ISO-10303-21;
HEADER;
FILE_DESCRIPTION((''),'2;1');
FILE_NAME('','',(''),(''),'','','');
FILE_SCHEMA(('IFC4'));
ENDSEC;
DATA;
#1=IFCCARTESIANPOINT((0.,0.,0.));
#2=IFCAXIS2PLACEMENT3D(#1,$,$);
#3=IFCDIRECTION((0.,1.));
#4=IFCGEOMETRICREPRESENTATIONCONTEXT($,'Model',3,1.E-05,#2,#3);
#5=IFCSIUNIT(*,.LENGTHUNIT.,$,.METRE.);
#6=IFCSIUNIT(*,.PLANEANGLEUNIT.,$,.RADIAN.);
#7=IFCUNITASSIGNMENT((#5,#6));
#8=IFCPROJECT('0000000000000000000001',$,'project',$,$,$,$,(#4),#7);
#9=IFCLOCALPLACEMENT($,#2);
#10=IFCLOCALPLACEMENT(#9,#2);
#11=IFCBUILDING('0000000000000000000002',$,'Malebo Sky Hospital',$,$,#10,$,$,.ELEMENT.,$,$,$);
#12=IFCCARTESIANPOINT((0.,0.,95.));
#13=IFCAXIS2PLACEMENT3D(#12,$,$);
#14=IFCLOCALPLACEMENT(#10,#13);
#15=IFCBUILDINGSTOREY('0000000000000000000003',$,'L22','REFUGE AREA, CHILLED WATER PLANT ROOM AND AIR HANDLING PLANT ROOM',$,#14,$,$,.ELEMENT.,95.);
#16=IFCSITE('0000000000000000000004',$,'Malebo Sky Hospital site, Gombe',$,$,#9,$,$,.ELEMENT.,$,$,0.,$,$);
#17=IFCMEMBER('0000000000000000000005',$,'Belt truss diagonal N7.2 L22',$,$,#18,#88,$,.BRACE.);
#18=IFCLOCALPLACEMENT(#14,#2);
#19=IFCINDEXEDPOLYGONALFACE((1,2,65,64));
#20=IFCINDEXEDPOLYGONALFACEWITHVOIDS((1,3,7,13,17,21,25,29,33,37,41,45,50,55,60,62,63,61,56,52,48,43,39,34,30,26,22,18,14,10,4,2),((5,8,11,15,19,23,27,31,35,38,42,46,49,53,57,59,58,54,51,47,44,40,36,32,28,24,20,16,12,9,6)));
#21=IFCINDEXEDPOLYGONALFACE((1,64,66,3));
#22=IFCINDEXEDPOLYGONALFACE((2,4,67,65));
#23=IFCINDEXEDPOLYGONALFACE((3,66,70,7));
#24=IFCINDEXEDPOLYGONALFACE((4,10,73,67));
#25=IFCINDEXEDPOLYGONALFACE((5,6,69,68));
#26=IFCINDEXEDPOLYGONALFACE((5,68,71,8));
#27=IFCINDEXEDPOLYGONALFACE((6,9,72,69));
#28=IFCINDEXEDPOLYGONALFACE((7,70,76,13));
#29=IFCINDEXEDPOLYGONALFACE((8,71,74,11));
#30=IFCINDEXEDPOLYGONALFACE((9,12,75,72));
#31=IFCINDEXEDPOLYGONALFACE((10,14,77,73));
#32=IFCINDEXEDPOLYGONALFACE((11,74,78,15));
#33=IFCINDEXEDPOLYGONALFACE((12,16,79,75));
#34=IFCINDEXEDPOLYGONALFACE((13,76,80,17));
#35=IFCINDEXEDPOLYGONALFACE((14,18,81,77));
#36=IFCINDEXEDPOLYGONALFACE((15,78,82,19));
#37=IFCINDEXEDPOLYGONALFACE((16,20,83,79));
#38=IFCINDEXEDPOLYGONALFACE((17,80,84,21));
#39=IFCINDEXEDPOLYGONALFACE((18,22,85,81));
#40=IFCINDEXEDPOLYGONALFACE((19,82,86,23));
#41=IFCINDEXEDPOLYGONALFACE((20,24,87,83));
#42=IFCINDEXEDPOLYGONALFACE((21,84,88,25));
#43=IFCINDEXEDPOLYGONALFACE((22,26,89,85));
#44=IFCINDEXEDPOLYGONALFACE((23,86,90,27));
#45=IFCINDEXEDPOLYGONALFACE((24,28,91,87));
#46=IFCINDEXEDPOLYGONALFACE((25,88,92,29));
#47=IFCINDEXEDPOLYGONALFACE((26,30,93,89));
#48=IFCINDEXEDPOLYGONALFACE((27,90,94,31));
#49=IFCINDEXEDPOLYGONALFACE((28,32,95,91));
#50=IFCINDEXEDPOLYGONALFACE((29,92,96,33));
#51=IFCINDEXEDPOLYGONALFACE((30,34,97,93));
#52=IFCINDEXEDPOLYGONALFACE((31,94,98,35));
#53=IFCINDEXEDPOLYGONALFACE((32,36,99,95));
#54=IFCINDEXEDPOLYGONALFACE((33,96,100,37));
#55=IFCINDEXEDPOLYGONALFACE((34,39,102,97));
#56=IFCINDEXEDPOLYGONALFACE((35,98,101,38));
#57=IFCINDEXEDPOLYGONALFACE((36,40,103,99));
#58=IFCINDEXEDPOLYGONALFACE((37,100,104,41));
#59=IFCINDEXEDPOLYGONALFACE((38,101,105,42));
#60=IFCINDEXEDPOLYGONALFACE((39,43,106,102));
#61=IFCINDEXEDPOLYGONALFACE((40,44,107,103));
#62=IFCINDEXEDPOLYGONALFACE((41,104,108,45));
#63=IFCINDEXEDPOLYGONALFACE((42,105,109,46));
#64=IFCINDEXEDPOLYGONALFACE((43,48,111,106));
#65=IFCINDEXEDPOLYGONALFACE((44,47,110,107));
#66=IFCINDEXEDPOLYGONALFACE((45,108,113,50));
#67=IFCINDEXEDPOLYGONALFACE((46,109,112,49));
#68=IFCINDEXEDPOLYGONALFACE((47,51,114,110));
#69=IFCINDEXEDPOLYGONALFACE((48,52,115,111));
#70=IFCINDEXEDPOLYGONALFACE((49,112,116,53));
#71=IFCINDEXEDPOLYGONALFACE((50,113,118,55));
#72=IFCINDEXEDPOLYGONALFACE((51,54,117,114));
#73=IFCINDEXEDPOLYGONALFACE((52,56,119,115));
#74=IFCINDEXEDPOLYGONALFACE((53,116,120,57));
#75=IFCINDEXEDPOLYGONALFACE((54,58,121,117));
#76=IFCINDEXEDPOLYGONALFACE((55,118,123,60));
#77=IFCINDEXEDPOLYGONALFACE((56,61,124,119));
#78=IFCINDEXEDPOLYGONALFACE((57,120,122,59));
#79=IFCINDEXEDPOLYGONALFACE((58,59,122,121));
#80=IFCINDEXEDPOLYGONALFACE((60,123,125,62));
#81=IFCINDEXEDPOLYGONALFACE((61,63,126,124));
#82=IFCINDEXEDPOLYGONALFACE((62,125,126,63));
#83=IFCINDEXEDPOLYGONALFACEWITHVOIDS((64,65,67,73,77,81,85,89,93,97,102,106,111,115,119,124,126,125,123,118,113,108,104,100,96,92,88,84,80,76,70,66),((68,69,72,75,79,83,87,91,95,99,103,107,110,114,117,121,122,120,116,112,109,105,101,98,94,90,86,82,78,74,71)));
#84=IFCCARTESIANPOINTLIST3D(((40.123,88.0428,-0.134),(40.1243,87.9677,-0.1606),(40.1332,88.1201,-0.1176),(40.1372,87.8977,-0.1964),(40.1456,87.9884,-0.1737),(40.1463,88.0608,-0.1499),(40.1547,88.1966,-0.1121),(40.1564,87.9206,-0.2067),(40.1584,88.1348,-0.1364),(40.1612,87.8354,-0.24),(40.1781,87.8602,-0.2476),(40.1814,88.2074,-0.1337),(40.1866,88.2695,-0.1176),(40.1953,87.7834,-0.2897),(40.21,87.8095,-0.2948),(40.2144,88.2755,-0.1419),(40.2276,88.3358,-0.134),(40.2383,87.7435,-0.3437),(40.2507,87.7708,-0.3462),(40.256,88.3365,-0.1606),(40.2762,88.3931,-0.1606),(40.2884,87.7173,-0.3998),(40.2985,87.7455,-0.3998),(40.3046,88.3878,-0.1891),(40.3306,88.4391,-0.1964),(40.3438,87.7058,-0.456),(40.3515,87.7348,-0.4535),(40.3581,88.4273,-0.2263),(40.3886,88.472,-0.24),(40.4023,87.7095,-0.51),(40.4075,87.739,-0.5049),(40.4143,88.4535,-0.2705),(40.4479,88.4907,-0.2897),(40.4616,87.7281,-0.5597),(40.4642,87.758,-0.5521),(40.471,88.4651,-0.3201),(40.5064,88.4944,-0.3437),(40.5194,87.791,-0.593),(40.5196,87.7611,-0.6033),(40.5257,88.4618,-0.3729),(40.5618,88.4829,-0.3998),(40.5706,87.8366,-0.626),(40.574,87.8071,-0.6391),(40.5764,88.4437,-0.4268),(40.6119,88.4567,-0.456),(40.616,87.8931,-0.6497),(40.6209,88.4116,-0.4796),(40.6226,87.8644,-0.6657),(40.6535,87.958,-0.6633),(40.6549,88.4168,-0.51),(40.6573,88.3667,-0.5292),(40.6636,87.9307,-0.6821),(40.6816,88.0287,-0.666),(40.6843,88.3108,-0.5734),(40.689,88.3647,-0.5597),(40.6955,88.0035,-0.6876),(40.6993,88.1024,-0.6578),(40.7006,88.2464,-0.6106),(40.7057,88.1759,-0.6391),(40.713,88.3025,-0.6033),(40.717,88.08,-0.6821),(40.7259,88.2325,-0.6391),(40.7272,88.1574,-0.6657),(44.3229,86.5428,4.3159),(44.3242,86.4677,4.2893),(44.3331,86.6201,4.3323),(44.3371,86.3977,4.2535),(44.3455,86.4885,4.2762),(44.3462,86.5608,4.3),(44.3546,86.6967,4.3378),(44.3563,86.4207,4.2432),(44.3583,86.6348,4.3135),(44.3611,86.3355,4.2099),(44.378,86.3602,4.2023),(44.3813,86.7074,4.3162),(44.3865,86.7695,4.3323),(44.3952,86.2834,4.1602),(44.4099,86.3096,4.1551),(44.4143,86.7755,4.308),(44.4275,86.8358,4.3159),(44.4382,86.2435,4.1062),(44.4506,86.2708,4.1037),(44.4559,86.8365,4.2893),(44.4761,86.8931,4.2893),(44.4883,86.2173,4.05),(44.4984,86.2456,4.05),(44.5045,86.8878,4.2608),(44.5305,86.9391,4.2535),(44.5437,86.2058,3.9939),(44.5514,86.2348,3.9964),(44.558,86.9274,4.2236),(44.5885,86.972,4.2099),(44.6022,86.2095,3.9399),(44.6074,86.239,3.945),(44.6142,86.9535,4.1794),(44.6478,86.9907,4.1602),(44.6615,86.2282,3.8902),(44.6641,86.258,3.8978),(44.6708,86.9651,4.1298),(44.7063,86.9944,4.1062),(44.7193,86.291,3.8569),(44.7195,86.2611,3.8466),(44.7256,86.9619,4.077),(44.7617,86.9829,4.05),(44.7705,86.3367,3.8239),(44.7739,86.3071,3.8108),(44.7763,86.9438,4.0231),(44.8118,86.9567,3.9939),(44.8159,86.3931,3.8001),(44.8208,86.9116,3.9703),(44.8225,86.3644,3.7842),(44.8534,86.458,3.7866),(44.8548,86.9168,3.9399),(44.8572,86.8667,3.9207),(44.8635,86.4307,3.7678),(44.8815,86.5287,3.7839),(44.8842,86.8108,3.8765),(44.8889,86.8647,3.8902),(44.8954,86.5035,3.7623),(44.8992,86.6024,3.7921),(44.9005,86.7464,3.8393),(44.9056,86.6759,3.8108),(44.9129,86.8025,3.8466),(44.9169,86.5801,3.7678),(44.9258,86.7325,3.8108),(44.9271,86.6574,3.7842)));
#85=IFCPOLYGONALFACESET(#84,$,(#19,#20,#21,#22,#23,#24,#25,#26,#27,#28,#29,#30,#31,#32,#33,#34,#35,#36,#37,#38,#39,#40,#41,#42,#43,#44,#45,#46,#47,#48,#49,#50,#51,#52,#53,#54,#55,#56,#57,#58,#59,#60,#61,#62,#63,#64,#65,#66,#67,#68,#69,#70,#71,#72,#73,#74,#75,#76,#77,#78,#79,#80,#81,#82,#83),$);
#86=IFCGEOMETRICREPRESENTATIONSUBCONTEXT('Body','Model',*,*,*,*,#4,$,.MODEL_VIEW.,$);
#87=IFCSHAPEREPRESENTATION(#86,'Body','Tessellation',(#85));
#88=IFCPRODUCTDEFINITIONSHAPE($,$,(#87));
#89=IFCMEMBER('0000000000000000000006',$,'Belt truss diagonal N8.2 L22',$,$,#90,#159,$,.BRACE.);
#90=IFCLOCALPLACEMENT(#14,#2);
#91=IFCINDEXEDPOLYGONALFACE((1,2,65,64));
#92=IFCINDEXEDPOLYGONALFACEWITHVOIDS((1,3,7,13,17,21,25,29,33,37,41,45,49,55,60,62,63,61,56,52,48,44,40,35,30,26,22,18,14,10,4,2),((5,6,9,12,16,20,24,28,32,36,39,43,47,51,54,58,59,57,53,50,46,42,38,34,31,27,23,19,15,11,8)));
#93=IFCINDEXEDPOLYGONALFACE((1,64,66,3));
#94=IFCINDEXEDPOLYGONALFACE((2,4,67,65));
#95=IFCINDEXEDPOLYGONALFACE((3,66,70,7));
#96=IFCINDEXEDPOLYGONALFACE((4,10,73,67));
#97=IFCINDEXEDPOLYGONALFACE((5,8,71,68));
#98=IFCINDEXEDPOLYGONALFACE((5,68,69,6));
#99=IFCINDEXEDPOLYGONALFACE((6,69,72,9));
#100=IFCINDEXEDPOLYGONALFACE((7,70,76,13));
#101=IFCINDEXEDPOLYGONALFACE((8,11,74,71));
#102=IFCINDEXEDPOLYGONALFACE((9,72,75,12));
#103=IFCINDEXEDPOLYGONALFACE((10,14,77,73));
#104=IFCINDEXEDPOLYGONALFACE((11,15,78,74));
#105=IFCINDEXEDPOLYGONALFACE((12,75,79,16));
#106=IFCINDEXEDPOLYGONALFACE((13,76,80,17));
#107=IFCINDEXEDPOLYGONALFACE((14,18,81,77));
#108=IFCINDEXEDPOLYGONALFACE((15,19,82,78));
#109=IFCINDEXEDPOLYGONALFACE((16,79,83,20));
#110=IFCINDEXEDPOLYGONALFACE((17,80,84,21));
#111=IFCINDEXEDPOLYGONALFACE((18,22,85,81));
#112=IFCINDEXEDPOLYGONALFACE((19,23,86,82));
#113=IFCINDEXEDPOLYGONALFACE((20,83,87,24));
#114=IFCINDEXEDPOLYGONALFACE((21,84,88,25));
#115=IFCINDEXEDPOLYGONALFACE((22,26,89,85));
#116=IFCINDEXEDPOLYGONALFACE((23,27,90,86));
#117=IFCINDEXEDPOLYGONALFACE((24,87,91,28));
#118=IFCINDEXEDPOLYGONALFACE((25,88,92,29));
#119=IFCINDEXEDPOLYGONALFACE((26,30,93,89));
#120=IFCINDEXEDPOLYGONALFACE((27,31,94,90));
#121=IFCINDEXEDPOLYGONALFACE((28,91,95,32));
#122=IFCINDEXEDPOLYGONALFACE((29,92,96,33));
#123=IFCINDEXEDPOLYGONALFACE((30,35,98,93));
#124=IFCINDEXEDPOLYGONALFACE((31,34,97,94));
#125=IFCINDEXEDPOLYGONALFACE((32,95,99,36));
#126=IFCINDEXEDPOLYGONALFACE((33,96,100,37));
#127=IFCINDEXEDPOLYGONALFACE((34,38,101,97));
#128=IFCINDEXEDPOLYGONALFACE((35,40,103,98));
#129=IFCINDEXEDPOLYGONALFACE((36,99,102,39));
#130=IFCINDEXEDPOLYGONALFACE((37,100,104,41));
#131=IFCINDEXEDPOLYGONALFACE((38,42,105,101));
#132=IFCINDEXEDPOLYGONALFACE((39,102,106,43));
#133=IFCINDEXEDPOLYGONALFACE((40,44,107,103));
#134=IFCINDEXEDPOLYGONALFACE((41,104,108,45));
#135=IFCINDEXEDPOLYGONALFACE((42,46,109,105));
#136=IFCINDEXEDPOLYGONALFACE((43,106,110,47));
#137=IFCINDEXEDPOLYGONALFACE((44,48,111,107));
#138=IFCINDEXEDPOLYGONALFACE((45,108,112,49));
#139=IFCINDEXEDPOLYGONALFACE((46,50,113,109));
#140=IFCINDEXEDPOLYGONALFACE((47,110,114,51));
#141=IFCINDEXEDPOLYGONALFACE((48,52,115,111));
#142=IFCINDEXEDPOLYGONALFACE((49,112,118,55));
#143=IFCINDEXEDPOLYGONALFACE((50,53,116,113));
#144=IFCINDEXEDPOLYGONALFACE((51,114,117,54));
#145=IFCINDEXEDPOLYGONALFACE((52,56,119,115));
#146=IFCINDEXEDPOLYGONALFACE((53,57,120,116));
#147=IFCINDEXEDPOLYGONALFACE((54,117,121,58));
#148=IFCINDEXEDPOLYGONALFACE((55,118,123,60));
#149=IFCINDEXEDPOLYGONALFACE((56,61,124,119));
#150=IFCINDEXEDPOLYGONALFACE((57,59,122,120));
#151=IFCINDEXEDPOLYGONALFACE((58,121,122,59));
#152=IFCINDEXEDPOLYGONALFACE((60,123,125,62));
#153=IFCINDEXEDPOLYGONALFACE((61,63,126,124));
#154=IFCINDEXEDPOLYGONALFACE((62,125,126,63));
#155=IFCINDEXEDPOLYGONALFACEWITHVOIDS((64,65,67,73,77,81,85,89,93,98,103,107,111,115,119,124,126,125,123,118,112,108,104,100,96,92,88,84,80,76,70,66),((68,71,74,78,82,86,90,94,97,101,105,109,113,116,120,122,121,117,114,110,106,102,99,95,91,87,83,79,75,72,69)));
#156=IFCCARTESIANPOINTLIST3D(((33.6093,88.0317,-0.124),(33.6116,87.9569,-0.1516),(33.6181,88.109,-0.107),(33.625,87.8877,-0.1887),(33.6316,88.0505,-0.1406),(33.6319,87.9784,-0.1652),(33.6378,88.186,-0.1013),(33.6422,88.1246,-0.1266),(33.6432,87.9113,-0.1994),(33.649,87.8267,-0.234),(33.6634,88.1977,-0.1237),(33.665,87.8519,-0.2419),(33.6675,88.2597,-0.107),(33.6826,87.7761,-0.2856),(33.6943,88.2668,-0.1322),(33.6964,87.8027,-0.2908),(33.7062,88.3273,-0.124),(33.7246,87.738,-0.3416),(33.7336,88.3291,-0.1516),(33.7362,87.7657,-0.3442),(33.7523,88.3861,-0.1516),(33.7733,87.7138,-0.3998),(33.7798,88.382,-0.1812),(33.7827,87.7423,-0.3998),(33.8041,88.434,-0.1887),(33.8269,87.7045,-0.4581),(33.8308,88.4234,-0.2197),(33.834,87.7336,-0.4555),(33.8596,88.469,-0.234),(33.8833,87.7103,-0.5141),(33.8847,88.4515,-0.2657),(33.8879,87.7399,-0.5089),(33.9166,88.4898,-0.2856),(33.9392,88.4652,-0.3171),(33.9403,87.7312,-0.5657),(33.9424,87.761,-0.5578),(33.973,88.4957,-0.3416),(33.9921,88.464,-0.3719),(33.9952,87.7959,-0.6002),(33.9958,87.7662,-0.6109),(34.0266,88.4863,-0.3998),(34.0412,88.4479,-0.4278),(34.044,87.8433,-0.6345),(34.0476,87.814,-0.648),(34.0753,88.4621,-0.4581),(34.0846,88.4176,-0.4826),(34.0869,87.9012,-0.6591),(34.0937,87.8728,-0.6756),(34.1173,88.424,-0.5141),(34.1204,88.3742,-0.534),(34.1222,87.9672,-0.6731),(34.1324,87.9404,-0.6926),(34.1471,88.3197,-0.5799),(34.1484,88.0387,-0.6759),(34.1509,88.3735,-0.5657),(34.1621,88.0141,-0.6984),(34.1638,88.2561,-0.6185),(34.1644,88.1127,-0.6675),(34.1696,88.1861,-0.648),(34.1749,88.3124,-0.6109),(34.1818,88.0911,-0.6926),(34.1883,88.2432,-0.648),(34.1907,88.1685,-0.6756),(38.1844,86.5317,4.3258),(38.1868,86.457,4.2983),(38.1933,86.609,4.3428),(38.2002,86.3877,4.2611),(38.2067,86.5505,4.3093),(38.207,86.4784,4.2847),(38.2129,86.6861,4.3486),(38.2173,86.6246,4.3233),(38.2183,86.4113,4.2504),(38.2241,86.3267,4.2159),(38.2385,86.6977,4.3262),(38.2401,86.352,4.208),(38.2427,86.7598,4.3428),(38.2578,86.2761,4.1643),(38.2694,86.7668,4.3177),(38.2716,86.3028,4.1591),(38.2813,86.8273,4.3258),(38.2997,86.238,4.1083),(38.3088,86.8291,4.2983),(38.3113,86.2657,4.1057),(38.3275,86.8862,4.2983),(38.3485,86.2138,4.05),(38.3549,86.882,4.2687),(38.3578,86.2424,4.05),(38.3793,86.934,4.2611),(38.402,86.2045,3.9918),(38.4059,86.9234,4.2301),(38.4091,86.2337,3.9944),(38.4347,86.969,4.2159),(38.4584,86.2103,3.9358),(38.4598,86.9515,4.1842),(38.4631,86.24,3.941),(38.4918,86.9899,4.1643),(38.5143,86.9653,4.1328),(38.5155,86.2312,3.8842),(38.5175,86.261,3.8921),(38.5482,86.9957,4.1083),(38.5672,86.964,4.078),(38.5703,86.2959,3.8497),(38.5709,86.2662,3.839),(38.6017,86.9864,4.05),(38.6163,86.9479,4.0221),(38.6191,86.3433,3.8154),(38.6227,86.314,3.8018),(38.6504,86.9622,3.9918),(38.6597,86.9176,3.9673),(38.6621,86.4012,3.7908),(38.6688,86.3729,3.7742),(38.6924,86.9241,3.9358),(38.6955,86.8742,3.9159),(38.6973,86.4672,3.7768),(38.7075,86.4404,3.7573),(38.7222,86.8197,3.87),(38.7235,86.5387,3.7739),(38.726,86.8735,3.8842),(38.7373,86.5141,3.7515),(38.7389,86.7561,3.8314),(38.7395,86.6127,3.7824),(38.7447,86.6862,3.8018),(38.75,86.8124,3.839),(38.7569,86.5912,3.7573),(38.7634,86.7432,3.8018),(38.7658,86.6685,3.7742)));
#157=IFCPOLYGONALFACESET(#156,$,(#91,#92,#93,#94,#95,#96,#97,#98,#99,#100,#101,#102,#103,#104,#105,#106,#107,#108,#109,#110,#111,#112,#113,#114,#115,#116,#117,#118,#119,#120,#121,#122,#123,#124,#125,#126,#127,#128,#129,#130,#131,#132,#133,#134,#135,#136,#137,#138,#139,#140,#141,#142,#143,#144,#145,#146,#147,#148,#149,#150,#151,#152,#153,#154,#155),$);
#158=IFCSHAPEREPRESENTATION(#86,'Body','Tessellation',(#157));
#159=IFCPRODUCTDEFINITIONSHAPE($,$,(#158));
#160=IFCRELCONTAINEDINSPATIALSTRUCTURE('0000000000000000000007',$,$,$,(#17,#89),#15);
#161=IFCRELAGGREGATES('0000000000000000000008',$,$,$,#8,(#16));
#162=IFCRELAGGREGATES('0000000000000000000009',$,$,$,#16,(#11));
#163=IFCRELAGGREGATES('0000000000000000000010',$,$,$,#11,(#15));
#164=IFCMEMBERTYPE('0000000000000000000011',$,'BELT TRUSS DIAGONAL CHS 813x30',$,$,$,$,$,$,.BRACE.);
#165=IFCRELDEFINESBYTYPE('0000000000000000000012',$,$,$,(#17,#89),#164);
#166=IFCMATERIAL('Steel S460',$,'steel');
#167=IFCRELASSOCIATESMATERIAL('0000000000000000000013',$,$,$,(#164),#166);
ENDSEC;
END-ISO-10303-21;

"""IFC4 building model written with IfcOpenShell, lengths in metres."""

from ifc_helpers import new_model, si_unit, direction, frame, origin, origin_2d, place, context, subcontext, project, spatial, hollow_circle, extrude, material, material_profile, profile_set, type_object, element, save


model = new_model("IFC4")

# Units and contexts
model_context = context("Model", 3, precision=1e-05, world=origin(), true_north=direction((0.0, 1.0)))
body_context = subcontext(model_context, "Body", "Model", "MODEL_VIEW")
ifc_project = project(units=[si_unit("LENGTHUNIT", "METRE"), si_unit("PLANEANGLEUNIT", "RADIAN")], contexts=[model_context])

# Site, building, storey
site_placement = place(None, origin())
site = spatial("IfcSite", under=ifc_project, at=site_placement, Name="Malebo Sky Hospital site, Gombe", CompositionType="ELEMENT", RefElevation=0.0)
building_placement = place(site_placement, origin())
building = spatial("IfcBuilding", under=site, at=building_placement, Name="Malebo Sky Hospital", CompositionType="ELEMENT")
storey_placement = place(building_placement, frame((0.0, 0.0, 95.0)))
storey = spatial("IfcBuildingStorey", under=building, at=storey_placement, Name="L22", Description="REFUGE AREA, CHILLED WATER PLANT ROOM AND AIR HANDLING PLANT ROOM", CompositionType="ELEMENT", Elevation=95.0)

# Members
ifc_material_1 = material(Name="Steel S460", Category="steel")
ifc_material_profile = material_profile(ifc_material_1, hollow_circle(Radius=0.4065, WallThickness=0.03, at=origin_2d()), Name="CHS 813x30")
ifc_profile_set = profile_set([ifc_material_profile], Name="Steel S460")
member_type = type_object("IfcMemberType", Name="BELT TRUSS DIAGONAL CHS 813x30", PredefinedType="BRACE", material=ifc_profile_set)
member_1_placement = place(storey_placement, frame((44.625, 86.6001, 4.05), z_axis=(-0.666645, 0.23809, -0.706327), x_axis=(-0.33634, -0.941741, 0.0)))
element("IfcMember", 1, at=member_1_placement, inside=storey, type_object=member_type, Name="Belt truss diagonal N7.2 L22", PredefinedType="BRACE", context=body_context, shape_type="SweptSolid", body=[
    extrude(hollow_circle(Radius=0.4065, WallThickness=0.03, at=origin_2d()), origin(), (0.0, 0.0, 1.0), 6.3),
])
member_2_placement = place(storey_placement, frame((38.4751, 86.6001, 4.05), z_axis=(-0.697837, 0.228789, -0.678734), x_axis=(-0.311539, -0.950233, 0.0)))
element("IfcMember", 2, at=member_2_placement, inside=storey, type_object=member_type, Name="Belt truss diagonal N8.2 L22", PredefinedType="BRACE", context=body_context, shape_type="SweptSolid", body=[
    extrude(hollow_circle(Radius=0.4065, WallThickness=0.03, at=origin_2d()), origin(), (0.0, 0.0, 1.0), 6.5562),
])

save(model, "model.ifc")
